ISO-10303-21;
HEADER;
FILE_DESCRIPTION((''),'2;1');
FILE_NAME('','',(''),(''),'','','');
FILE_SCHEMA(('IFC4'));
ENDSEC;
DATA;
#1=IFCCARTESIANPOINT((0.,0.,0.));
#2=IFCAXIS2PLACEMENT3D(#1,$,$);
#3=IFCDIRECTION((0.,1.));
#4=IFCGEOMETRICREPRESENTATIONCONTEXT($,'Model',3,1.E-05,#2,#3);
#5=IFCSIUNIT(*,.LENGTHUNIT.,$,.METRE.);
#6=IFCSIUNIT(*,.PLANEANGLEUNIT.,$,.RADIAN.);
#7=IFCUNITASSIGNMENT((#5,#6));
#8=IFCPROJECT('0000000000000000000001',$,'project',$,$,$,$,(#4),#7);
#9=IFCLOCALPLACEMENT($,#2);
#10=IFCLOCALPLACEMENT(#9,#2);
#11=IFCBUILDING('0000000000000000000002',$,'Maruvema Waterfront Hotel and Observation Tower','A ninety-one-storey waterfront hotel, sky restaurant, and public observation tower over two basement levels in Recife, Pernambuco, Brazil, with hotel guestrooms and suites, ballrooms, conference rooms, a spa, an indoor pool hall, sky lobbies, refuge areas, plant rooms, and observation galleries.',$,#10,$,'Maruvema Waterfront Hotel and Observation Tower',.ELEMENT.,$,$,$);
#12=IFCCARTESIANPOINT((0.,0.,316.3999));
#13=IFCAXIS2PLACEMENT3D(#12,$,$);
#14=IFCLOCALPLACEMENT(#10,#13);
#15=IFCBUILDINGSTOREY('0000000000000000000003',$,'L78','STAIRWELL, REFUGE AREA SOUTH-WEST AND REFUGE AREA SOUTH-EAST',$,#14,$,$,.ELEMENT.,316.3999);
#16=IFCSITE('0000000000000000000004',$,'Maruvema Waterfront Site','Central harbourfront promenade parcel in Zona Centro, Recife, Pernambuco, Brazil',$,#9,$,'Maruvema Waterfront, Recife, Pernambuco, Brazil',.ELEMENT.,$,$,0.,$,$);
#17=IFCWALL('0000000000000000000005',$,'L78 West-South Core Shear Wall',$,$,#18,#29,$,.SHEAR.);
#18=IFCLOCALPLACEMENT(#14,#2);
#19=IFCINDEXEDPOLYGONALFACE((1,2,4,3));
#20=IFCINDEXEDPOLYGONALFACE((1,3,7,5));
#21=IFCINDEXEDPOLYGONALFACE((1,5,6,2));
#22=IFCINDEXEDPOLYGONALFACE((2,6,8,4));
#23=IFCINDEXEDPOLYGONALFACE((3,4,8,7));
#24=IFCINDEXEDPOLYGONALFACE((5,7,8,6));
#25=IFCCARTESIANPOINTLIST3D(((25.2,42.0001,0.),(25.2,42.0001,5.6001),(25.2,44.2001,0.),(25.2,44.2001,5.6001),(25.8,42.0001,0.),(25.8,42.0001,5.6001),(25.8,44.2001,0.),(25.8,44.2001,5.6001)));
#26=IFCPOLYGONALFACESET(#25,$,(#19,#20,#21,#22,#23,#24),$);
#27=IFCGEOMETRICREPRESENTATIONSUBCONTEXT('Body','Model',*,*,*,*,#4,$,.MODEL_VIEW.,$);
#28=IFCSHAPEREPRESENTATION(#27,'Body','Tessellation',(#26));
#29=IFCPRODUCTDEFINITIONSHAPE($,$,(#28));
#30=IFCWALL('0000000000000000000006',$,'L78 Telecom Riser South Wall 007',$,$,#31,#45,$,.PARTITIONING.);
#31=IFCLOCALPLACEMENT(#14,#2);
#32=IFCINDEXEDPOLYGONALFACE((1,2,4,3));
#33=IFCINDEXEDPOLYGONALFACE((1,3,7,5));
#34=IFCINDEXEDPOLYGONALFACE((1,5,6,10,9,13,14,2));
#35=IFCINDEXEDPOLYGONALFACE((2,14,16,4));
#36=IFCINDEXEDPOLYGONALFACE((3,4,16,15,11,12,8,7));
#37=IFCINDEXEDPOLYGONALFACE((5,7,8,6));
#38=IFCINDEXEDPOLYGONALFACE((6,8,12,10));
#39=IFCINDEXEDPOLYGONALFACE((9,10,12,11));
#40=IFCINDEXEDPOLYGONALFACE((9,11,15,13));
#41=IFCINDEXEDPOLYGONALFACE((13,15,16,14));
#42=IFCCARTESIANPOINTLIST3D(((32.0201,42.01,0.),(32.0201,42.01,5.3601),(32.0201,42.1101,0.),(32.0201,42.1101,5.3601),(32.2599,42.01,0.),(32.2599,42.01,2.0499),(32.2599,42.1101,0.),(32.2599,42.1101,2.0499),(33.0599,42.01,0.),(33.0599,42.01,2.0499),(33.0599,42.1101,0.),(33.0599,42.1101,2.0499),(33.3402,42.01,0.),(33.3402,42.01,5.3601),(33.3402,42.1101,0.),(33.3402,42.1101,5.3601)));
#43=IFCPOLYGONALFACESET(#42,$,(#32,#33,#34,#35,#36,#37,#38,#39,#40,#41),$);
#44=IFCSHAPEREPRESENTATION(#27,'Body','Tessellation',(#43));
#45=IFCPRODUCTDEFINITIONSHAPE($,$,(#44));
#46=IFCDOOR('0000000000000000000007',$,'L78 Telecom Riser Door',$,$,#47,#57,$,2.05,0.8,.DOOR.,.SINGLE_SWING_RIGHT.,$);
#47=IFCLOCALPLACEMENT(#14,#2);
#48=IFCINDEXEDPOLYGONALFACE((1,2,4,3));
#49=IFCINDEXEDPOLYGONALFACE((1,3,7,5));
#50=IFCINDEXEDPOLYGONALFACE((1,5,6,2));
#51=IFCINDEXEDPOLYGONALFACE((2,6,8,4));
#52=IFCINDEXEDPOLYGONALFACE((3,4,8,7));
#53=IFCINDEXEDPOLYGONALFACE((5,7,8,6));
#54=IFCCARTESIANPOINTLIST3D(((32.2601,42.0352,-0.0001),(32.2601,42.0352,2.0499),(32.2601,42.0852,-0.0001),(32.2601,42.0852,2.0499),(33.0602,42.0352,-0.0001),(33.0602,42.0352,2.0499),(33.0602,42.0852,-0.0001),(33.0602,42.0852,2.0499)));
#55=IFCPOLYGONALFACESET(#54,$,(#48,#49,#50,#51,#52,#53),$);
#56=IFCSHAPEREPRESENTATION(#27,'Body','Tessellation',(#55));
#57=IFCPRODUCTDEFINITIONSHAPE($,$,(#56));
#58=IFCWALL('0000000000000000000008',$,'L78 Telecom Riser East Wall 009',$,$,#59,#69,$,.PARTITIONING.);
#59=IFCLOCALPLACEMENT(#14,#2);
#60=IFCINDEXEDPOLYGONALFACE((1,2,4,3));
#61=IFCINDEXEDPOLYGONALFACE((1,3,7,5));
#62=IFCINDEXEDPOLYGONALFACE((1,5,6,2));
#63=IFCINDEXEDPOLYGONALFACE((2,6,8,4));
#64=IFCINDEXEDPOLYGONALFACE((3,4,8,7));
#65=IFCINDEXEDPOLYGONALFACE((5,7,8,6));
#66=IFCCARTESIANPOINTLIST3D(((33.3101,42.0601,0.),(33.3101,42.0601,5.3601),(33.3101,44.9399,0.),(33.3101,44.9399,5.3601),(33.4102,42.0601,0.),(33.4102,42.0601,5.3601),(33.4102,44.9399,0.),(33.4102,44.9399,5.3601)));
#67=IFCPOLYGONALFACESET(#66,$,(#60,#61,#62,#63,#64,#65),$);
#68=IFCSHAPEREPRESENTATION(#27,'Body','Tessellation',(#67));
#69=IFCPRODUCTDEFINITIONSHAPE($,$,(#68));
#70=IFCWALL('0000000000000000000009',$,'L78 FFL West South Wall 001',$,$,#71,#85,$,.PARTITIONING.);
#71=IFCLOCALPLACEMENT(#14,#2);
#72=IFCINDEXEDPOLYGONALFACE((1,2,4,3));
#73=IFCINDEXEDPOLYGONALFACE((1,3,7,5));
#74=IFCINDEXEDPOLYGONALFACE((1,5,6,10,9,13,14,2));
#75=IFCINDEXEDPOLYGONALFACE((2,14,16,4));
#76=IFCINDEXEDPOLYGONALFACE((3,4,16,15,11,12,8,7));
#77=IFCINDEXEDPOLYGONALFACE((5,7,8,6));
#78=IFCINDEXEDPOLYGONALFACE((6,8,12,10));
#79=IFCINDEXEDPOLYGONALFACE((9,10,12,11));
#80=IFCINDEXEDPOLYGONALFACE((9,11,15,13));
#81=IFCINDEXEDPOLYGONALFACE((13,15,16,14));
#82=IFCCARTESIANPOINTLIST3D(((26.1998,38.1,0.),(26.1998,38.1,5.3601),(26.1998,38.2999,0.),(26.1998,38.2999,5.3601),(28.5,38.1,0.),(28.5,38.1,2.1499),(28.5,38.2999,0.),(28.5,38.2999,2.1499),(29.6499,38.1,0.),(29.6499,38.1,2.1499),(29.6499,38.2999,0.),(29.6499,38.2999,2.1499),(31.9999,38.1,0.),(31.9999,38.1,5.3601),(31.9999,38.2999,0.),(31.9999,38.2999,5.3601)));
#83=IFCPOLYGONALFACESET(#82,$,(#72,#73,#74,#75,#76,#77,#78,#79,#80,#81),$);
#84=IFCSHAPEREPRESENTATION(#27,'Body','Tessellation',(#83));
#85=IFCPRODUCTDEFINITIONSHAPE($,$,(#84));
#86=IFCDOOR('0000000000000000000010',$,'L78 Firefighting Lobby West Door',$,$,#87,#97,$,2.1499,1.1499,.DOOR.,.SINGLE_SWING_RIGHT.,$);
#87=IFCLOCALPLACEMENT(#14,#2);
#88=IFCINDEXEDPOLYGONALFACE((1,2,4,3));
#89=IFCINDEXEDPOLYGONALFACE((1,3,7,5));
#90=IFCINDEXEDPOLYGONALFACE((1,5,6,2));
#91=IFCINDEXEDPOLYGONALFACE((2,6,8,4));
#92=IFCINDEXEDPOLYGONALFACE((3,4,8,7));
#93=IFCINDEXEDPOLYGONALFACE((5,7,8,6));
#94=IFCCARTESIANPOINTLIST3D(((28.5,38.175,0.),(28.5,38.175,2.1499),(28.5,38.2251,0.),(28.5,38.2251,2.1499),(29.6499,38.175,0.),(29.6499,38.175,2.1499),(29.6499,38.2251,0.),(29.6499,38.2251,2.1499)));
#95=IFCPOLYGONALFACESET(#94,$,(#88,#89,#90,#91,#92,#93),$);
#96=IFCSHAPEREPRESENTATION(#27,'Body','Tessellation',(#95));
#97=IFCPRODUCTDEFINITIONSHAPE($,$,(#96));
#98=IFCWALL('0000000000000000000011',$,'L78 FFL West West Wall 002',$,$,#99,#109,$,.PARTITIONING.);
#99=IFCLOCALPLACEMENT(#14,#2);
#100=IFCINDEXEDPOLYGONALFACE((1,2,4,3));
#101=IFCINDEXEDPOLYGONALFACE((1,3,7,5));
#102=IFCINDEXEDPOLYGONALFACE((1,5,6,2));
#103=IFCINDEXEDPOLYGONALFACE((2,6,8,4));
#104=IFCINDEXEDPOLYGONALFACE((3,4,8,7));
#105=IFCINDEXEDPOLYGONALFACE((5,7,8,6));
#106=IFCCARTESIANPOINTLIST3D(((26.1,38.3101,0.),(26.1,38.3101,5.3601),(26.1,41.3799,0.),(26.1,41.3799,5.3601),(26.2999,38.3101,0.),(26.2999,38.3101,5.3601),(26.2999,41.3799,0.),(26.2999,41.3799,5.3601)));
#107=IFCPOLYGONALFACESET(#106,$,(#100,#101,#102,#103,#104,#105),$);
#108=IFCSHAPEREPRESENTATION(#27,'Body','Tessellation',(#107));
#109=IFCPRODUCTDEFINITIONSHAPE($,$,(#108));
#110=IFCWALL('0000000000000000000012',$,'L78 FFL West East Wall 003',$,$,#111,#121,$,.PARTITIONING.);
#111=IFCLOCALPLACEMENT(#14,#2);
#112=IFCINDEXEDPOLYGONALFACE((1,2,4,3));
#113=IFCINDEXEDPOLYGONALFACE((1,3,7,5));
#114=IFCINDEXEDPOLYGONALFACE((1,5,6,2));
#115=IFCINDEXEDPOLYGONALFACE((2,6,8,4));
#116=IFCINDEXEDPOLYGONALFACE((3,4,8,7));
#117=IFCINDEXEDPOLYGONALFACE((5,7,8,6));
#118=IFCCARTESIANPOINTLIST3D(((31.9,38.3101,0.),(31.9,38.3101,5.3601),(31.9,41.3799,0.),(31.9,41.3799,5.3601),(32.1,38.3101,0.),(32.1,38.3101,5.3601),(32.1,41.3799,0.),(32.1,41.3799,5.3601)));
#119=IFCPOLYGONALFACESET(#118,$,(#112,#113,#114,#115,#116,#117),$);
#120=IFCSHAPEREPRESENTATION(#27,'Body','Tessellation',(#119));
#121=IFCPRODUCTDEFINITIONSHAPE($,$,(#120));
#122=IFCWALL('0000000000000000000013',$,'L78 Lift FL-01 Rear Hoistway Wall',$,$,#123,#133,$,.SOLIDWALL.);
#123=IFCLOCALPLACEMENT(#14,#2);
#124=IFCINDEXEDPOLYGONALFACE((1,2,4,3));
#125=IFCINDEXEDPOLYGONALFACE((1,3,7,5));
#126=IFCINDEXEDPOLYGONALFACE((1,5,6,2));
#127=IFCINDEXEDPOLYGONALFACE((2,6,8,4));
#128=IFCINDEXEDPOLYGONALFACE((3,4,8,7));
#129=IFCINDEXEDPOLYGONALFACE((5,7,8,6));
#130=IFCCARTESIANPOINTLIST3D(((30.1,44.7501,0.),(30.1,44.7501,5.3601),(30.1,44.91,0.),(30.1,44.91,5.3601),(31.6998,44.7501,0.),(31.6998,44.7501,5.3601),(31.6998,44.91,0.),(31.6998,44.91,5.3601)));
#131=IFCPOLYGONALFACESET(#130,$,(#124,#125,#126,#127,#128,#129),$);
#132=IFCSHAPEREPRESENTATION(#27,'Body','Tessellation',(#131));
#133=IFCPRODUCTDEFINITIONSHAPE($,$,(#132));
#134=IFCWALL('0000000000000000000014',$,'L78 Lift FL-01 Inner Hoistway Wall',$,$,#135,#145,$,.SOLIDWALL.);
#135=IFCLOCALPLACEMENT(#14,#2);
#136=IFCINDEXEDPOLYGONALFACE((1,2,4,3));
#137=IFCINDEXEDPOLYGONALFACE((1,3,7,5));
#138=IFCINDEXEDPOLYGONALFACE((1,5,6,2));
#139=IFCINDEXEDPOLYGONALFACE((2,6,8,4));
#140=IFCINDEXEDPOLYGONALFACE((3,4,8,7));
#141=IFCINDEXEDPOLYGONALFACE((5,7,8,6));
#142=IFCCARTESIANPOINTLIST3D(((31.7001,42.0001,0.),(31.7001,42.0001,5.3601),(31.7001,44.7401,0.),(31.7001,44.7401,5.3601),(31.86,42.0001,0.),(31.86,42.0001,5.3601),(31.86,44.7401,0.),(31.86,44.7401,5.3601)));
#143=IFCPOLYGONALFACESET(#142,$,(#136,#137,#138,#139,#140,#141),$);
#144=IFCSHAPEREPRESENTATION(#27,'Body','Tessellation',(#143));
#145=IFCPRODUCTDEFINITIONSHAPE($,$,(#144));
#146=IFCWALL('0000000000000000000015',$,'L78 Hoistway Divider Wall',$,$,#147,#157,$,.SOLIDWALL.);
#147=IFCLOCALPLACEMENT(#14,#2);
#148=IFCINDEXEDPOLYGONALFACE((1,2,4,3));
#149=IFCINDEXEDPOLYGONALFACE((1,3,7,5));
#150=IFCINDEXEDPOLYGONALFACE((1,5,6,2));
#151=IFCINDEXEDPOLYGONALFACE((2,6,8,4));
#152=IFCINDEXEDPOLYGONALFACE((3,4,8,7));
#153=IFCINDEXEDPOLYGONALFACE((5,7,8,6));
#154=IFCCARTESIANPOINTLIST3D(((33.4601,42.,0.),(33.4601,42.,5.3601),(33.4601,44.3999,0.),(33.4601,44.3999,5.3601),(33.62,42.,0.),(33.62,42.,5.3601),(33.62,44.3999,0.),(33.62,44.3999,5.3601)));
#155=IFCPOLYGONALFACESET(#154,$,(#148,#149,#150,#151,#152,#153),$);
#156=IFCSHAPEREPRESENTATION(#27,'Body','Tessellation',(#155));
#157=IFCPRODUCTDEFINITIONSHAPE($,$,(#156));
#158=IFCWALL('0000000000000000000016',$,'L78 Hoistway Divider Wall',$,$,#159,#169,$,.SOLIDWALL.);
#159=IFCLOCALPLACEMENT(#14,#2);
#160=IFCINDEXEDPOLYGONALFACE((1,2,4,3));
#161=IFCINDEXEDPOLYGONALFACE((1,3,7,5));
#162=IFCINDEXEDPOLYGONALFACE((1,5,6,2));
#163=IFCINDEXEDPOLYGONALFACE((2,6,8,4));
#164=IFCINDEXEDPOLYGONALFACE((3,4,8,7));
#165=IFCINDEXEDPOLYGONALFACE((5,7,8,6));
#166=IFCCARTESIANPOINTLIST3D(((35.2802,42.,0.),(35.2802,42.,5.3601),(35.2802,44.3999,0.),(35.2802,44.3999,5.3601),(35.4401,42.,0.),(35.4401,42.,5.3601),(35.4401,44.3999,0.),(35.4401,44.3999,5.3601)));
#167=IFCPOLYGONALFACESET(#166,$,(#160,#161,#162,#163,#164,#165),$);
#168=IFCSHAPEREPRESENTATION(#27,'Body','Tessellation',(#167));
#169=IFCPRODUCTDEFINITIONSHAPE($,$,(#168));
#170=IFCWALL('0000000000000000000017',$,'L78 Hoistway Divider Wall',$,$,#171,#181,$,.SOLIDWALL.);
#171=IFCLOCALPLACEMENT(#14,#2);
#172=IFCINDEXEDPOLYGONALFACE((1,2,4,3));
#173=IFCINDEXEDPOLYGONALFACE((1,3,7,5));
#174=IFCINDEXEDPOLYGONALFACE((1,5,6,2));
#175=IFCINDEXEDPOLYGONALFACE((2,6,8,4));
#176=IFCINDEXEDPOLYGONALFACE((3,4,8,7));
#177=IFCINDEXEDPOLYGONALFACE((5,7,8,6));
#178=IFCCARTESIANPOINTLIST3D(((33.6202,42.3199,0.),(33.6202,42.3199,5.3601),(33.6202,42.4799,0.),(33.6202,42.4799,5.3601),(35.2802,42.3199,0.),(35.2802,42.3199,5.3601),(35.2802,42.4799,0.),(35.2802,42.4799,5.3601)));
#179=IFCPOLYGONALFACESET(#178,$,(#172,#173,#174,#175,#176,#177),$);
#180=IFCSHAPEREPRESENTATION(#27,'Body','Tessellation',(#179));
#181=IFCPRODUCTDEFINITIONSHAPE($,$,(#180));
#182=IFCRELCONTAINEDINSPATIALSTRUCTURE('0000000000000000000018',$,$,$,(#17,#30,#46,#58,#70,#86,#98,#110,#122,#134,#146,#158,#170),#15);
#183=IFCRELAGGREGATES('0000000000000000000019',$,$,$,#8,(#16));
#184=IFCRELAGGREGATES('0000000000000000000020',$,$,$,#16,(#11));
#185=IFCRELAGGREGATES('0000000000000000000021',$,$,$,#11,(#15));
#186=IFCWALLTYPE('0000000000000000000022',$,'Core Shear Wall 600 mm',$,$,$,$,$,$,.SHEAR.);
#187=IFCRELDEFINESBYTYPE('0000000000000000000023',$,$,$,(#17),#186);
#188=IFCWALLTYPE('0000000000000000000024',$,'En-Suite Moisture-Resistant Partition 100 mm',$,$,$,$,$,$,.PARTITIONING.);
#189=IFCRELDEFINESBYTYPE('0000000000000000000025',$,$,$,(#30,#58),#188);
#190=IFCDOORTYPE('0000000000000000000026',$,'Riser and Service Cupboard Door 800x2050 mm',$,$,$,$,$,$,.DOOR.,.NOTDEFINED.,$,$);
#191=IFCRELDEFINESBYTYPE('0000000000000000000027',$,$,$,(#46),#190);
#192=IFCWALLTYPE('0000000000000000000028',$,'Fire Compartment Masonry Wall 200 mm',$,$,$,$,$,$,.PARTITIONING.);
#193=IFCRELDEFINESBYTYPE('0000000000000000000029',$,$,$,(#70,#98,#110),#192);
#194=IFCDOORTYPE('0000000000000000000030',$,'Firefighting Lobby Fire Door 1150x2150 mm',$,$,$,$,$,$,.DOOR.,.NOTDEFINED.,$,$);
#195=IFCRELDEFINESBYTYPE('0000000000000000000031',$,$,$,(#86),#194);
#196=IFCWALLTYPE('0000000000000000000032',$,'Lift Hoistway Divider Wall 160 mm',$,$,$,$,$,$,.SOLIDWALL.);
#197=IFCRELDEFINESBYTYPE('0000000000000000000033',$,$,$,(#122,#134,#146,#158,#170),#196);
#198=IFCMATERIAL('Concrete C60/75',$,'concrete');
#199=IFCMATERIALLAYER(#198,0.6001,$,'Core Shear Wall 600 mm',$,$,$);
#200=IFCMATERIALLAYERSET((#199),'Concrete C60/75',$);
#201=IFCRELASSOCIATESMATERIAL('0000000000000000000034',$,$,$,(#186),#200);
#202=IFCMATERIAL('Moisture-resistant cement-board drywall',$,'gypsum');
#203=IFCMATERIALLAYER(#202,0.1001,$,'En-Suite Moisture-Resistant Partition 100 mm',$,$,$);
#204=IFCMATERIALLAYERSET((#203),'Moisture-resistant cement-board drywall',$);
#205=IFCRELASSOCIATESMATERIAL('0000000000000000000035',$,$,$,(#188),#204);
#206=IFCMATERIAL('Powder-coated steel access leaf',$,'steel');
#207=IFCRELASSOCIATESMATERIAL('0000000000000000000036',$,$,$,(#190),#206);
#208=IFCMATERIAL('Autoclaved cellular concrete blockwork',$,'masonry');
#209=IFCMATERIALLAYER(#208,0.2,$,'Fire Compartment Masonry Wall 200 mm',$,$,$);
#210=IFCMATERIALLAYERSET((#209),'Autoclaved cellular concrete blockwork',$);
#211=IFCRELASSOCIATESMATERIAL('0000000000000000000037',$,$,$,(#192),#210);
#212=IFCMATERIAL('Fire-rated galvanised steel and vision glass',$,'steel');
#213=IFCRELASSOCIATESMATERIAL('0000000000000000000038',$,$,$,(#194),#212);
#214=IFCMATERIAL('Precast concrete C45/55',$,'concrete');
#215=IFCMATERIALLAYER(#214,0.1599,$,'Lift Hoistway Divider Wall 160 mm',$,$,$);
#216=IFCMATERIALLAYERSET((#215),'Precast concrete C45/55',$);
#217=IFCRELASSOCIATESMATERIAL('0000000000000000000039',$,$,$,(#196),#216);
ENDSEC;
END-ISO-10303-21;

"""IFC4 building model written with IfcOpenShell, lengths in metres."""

from ifc_helpers import new_model, si_unit, direction, frame, frame_2d, origin, place, context, subcontext, project, spatial, rectangle, extrude, material, layer, layer_set, type_object, element, fill, save


model = new_model("IFC4")

# Units and contexts
model_context = context("Model", 3, precision=1e-05, world=origin(), true_north=direction((0.0, 1.0)))
body_context = subcontext(model_context, "Body", "Model", "MODEL_VIEW")
ifc_project = project(units=[si_unit("LENGTHUNIT", "METRE"), si_unit("PLANEANGLEUNIT", "RADIAN")], contexts=[model_context])

# Site, building, storey
site_placement = place(None, origin())
site = spatial("IfcSite", under=ifc_project, at=site_placement, Name="Maruvema Waterfront Site", Description="Central harbourfront promenade parcel in Zona Centro, Recife, Pernambuco, Brazil", LongName="Maruvema Waterfront, Recife, Pernambuco, Brazil", CompositionType="ELEMENT", RefElevation=0.0)
building_placement = place(site_placement, origin())
building = spatial("IfcBuilding", under=site, at=building_placement, Name="Maruvema Waterfront Hotel and Observation Tower", Description="A ninety-one-storey waterfront hotel, sky restaurant, and public observation tower over two basement levels in Recife, Pernambuco, Brazil, with hotel guestrooms and suites, ballrooms, conference rooms, a spa, an indoor pool hall, sky lobbies, refuge areas, plant rooms, and observation galleries.", LongName="Maruvema Waterfront Hotel and Observation Tower", CompositionType="ELEMENT")
storey_placement = place(building_placement, frame((0.0, 0.0, 316.3999)))
storey = spatial("IfcBuildingStorey", under=building, at=storey_placement, Name="L78", Description="STAIRWELL, REFUGE AREA SOUTH-WEST AND REFUGE AREA SOUTH-EAST", CompositionType="ELEMENT", Elevation=316.3999)

# Wall
ifc_material_1 = material(Name="Concrete C60/75", Category="concrete")
ifc_layer_1 = layer(ifc_material_1, 0.6001, Name="Core Shear Wall 600 mm")
ifc_layer_set_1 = layer_set([ifc_layer_1], Name="Concrete C60/75")
wall_type_1 = type_object("IfcWallType", Name="Core Shear Wall 600 mm", PredefinedType="SHEAR", material=ifc_layer_set_1)
wall_1_placement = place(storey_placement, frame((25.5, 42.0, 0.0), z_axis=(0.0, 0.0, 1.0), x_axis=(0.0, 1.0, 0.0)))
element("IfcWall", 1, at=wall_1_placement, inside=storey, type_object=wall_type_1, Name="L78 West-South Core Shear Wall", PredefinedType="SHEAR", context=body_context, shape_type="SweptSolid", body=[
    extrude(rectangle(XDim=2.2, YDim=0.6001, at=frame_2d((1.1001, 0.0))), origin(), (0.0, 0.0, 1.0), 5.6001),
])

# Wall, opening, door
ifc_material_2 = material(Name="Moisture-resistant cement-board drywall", Category="gypsum")
ifc_layer_2 = layer(ifc_material_2, 0.1001, Name="En-Suite Moisture-Resistant Partition 100 mm")
ifc_layer_set_2 = layer_set([ifc_layer_2], Name="Moisture-resistant cement-board drywall")
wall_type_2 = type_object("IfcWallType", Name="En-Suite Moisture-Resistant Partition 100 mm", PredefinedType="PARTITIONING", material=ifc_layer_set_2)
wall_2_placement = place(storey_placement, frame((32.02, 42.0601, 0.0), z_axis=(0.0, 0.0, 1.0), x_axis=(1.0, 0.0, 0.0)))
wall_2 = element("IfcWall", 2, at=wall_2_placement, inside=storey, type_object=wall_type_2, Name="L78 Telecom Riser South Wall 007", PredefinedType="PARTITIONING", context=body_context, shape_type="SweptSolid", body=[
    extrude(rectangle(XDim=1.3201, YDim=0.1001, at=frame_2d((0.6602, 0.0))), origin(), (0.0, 0.0, 1.0), 5.3601),
])
opening_1_placement = place(wall_2_placement, frame((0.24, 0.0, 0.0)))
opening_1 = element("IfcOpeningElement", 3, at=opening_1_placement, cuts=wall_2, PredefinedType="OPENING", context=body_context, shape_type="SweptSolid", body=[
    extrude(rectangle(XDim=0.8, YDim=2.05, at=frame_2d((0.3999, 1.0249))), frame((0.0, 0.0601, 0.0), z_axis=(0.0, -1.0, 0.0), x_axis=(1.0, 0.0, 0.0)), (0.0, 0.0, 1.0), 0.1201),
])
ifc_material_3 = material(Name="Powder-coated steel access leaf", Category="steel")
door_type_1 = type_object("IfcDoorType", Name="Riser and Service Cupboard Door 800x2050 mm", OperationType="NOTDEFINED", PredefinedType="DOOR", material=ifc_material_3)
door_1_placement = place(opening_1_placement, frame((0.8, 0.0, 0.0), z_axis=(0.0, 0.0, 1.0), x_axis=(-1.0, 0.0, 0.0)))
door_1 = element("IfcDoor", 4, at=door_1_placement, inside=storey, type_object=door_type_1, Name="L78 Telecom Riser Door", OperationType="SINGLE_SWING_RIGHT", OverallHeight=2.05, OverallWidth=0.8, PredefinedType="DOOR", context=body_context, shape_type="SweptSolid", body=[
    extrude(rectangle(XDim=0.8, YDim=2.05, at=frame_2d((0.3999, 1.0249))), frame((0.0, 0.0249, 0.0), z_axis=(0.0, -1.0, 0.0), x_axis=(1.0, 0.0, 0.0)), (0.0, 0.0, 1.0), 0.05),
])
fill(opening_1, door_1)

# Wall
wall_3_placement = place(storey_placement, frame((33.3601, 42.0601, 0.0), z_axis=(0.0, 0.0, 1.0), x_axis=(0.0, 1.0, 0.0)))
element("IfcWall", 5, at=wall_3_placement, inside=storey, type_object=wall_type_2, Name="L78 Telecom Riser East Wall 009", PredefinedType="PARTITIONING", context=body_context, shape_type="SweptSolid", body=[
    extrude(rectangle(XDim=2.8799, YDim=0.1001, at=frame_2d((1.4399, 0.0))), origin(), (0.0, 0.0, 1.0), 5.3601),
])

# Wall, opening, door
ifc_material_4 = material(Name="Autoclaved cellular concrete blockwork", Category="masonry")
ifc_layer_3 = layer(ifc_material_4, 0.2, Name="Fire Compartment Masonry Wall 200 mm")
ifc_layer_set_3 = layer_set([ifc_layer_3], Name="Autoclaved cellular concrete blockwork")
wall_type_3 = type_object("IfcWallType", Name="Fire Compartment Masonry Wall 200 mm", PredefinedType="PARTITIONING", material=ifc_layer_set_3)
wall_4_placement = place(storey_placement, frame((26.2, 38.2, 0.0), z_axis=(0.0, 0.0, 1.0), x_axis=(1.0, 0.0, 0.0)))
wall_4 = element("IfcWall", 6, at=wall_4_placement, inside=storey, type_object=wall_type_3, Name="L78 FFL West South Wall 001", PredefinedType="PARTITIONING", context=body_context, shape_type="SweptSolid", body=[
    extrude(rectangle(XDim=5.8, YDim=0.2, at=frame_2d((2.8999, 0.0))), origin(), (0.0, 0.0, 1.0), 5.3601),
])
opening_2_placement = place(wall_4_placement, frame((2.3, 0.0, 0.0)))
opening_2 = element("IfcOpeningElement", 7, at=opening_2_placement, cuts=wall_4, PredefinedType="OPENING", context=body_context, shape_type="SweptSolid", body=[
    extrude(rectangle(XDim=1.1499, YDim=2.1499, at=frame_2d((0.575, 1.075))), frame((0.0, 0.1099, 0.0), z_axis=(0.0, -1.0, 0.0), x_axis=(1.0, 0.0, 0.0)), (0.0, 0.0, 1.0), 0.22),
])
ifc_material_5 = material(Name="Fire-rated galvanised steel and vision glass", Category="steel")
door_type_2 = type_object("IfcDoorType", Name="Firefighting Lobby Fire Door 1150x2150 mm", OperationType="NOTDEFINED", PredefinedType="DOOR", material=ifc_material_5)
door_2_placement = place(opening_2_placement, frame((1.1499, 0.0, 0.0), z_axis=(0.0, 0.0, 1.0), x_axis=(-1.0, 0.0, 0.0)))
door_2 = element("IfcDoor", 8, at=door_2_placement, inside=storey, type_object=door_type_2, Name="L78 Firefighting Lobby West Door", OperationType="SINGLE_SWING_RIGHT", OverallHeight=2.1499, OverallWidth=1.1499, PredefinedType="DOOR", context=body_context, shape_type="SweptSolid", body=[
    extrude(rectangle(XDim=1.1499, YDim=2.1499, at=frame_2d((0.575, 1.075))), frame((0.0, 0.0249, 0.0), z_axis=(0.0, -1.0, 0.0), x_axis=(1.0, 0.0, 0.0)), (0.0, 0.0, 1.0), 0.05),
])
fill(opening_2, door_2)

# Walls
for number, where, z_axis, x_axis, name in (
    (9, (26.2, 38.3101, 0.0), (0.0, 0.0, 1.0), (0.0, 1.0, 0.0), "L78 FFL West West Wall 002"),
    (10, (32.0, 38.3101, 0.0), (0.0, 0.0, 1.0), (0.0, 1.0, 0.0), "L78 FFL West East Wall 003"),
):
    element("IfcWall", number, at=place(storey_placement, frame(where, z_axis=z_axis, x_axis=x_axis)), inside=storey, type_object=wall_type_3, Name=name, PredefinedType="PARTITIONING", context=body_context, shape_type="SweptSolid", body=[
        extrude(rectangle(XDim=3.0698, YDim=0.2, at=frame_2d((1.5349, 0.0))), origin(), (0.0, 0.0, 1.0), 5.3601),
    ])
ifc_material_6 = material(Name="Precast concrete C45/55", Category="concrete")
ifc_layer_4 = layer(ifc_material_6, 0.1599, Name="Lift Hoistway Divider Wall 160 mm")
ifc_layer_set_4 = layer_set([ifc_layer_4], Name="Precast concrete C45/55")
wall_type_4 = type_object("IfcWallType", Name="Lift Hoistway Divider Wall 160 mm", PredefinedType="SOLIDWALL", material=ifc_layer_set_4)
wall_5_placement = place(storey_placement, frame((30.1001, 44.8301, 0.0), z_axis=(0.0, 0.0, 1.0), x_axis=(1.0, 0.0, 0.0)))
element("IfcWall", 11, at=wall_5_placement, inside=storey, type_object=wall_type_4, Name="L78 Lift FL-01 Rear Hoistway Wall", PredefinedType="SOLIDWALL", context=body_context, shape_type="SweptSolid", body=[
    extrude(rectangle(XDim=1.5999, YDim=0.1599, at=frame_2d((0.7998, 0.0))), origin(), (0.0, 0.0, 1.0), 5.3601),
])
wall_6_placement = place(storey_placement, frame((31.78, 42.0, 0.0), z_axis=(0.0, 0.0, 1.0), x_axis=(0.0, 1.0, 0.0)))
element("IfcWall", 12, at=wall_6_placement, inside=storey, type_object=wall_type_4, Name="L78 Lift FL-01 Inner Hoistway Wall", PredefinedType="SOLIDWALL", context=body_context, shape_type="SweptSolid", body=[
    extrude(rectangle(XDim=2.74, YDim=0.1599, at=frame_2d((1.3701, 0.0))), origin(), (0.0, 0.0, 1.0), 5.3601),
])
for number, where, z_axis, x_axis, name in (
    (13, (33.54, 42.0, 0.0), (0.0, 0.0, 1.0), (0.0, 1.0, 0.0), "L78 Hoistway Divider Wall"),
    (14, (35.3601, 42.0, 0.0), (0.0, 0.0, 1.0), (0.0, 1.0, 0.0), "L78 Hoistway Divider Wall"),
):
    element("IfcWall", number, at=place(storey_placement, frame(where, z_axis=z_axis, x_axis=x_axis)), inside=storey, type_object=wall_type_4, Name=name, PredefinedType="SOLIDWALL", context=body_context, shape_type="SweptSolid", body=[
        extrude(rectangle(XDim=2.3999, YDim=0.1599, at=frame_2d((1.2, 0.0))), origin(), (0.0, 0.0, 1.0), 5.3601),
    ])
wall_7_placement = place(storey_placement, frame((33.6201, 42.3999, 0.0), z_axis=(0.0, 0.0, 1.0), x_axis=(1.0, 0.0, 0.0)))
element("IfcWall", 15, at=wall_7_placement, inside=storey, type_object=wall_type_4, Name="L78 Hoistway Divider Wall", PredefinedType="SOLIDWALL", context=body_context, shape_type="SweptSolid", body=[
    extrude(rectangle(XDim=1.6599, YDim=0.1599, at=frame_2d((0.8301, 0.0))), origin(), (0.0, 0.0, 1.0), 5.3601),
])

save(model, "model.ifc")
